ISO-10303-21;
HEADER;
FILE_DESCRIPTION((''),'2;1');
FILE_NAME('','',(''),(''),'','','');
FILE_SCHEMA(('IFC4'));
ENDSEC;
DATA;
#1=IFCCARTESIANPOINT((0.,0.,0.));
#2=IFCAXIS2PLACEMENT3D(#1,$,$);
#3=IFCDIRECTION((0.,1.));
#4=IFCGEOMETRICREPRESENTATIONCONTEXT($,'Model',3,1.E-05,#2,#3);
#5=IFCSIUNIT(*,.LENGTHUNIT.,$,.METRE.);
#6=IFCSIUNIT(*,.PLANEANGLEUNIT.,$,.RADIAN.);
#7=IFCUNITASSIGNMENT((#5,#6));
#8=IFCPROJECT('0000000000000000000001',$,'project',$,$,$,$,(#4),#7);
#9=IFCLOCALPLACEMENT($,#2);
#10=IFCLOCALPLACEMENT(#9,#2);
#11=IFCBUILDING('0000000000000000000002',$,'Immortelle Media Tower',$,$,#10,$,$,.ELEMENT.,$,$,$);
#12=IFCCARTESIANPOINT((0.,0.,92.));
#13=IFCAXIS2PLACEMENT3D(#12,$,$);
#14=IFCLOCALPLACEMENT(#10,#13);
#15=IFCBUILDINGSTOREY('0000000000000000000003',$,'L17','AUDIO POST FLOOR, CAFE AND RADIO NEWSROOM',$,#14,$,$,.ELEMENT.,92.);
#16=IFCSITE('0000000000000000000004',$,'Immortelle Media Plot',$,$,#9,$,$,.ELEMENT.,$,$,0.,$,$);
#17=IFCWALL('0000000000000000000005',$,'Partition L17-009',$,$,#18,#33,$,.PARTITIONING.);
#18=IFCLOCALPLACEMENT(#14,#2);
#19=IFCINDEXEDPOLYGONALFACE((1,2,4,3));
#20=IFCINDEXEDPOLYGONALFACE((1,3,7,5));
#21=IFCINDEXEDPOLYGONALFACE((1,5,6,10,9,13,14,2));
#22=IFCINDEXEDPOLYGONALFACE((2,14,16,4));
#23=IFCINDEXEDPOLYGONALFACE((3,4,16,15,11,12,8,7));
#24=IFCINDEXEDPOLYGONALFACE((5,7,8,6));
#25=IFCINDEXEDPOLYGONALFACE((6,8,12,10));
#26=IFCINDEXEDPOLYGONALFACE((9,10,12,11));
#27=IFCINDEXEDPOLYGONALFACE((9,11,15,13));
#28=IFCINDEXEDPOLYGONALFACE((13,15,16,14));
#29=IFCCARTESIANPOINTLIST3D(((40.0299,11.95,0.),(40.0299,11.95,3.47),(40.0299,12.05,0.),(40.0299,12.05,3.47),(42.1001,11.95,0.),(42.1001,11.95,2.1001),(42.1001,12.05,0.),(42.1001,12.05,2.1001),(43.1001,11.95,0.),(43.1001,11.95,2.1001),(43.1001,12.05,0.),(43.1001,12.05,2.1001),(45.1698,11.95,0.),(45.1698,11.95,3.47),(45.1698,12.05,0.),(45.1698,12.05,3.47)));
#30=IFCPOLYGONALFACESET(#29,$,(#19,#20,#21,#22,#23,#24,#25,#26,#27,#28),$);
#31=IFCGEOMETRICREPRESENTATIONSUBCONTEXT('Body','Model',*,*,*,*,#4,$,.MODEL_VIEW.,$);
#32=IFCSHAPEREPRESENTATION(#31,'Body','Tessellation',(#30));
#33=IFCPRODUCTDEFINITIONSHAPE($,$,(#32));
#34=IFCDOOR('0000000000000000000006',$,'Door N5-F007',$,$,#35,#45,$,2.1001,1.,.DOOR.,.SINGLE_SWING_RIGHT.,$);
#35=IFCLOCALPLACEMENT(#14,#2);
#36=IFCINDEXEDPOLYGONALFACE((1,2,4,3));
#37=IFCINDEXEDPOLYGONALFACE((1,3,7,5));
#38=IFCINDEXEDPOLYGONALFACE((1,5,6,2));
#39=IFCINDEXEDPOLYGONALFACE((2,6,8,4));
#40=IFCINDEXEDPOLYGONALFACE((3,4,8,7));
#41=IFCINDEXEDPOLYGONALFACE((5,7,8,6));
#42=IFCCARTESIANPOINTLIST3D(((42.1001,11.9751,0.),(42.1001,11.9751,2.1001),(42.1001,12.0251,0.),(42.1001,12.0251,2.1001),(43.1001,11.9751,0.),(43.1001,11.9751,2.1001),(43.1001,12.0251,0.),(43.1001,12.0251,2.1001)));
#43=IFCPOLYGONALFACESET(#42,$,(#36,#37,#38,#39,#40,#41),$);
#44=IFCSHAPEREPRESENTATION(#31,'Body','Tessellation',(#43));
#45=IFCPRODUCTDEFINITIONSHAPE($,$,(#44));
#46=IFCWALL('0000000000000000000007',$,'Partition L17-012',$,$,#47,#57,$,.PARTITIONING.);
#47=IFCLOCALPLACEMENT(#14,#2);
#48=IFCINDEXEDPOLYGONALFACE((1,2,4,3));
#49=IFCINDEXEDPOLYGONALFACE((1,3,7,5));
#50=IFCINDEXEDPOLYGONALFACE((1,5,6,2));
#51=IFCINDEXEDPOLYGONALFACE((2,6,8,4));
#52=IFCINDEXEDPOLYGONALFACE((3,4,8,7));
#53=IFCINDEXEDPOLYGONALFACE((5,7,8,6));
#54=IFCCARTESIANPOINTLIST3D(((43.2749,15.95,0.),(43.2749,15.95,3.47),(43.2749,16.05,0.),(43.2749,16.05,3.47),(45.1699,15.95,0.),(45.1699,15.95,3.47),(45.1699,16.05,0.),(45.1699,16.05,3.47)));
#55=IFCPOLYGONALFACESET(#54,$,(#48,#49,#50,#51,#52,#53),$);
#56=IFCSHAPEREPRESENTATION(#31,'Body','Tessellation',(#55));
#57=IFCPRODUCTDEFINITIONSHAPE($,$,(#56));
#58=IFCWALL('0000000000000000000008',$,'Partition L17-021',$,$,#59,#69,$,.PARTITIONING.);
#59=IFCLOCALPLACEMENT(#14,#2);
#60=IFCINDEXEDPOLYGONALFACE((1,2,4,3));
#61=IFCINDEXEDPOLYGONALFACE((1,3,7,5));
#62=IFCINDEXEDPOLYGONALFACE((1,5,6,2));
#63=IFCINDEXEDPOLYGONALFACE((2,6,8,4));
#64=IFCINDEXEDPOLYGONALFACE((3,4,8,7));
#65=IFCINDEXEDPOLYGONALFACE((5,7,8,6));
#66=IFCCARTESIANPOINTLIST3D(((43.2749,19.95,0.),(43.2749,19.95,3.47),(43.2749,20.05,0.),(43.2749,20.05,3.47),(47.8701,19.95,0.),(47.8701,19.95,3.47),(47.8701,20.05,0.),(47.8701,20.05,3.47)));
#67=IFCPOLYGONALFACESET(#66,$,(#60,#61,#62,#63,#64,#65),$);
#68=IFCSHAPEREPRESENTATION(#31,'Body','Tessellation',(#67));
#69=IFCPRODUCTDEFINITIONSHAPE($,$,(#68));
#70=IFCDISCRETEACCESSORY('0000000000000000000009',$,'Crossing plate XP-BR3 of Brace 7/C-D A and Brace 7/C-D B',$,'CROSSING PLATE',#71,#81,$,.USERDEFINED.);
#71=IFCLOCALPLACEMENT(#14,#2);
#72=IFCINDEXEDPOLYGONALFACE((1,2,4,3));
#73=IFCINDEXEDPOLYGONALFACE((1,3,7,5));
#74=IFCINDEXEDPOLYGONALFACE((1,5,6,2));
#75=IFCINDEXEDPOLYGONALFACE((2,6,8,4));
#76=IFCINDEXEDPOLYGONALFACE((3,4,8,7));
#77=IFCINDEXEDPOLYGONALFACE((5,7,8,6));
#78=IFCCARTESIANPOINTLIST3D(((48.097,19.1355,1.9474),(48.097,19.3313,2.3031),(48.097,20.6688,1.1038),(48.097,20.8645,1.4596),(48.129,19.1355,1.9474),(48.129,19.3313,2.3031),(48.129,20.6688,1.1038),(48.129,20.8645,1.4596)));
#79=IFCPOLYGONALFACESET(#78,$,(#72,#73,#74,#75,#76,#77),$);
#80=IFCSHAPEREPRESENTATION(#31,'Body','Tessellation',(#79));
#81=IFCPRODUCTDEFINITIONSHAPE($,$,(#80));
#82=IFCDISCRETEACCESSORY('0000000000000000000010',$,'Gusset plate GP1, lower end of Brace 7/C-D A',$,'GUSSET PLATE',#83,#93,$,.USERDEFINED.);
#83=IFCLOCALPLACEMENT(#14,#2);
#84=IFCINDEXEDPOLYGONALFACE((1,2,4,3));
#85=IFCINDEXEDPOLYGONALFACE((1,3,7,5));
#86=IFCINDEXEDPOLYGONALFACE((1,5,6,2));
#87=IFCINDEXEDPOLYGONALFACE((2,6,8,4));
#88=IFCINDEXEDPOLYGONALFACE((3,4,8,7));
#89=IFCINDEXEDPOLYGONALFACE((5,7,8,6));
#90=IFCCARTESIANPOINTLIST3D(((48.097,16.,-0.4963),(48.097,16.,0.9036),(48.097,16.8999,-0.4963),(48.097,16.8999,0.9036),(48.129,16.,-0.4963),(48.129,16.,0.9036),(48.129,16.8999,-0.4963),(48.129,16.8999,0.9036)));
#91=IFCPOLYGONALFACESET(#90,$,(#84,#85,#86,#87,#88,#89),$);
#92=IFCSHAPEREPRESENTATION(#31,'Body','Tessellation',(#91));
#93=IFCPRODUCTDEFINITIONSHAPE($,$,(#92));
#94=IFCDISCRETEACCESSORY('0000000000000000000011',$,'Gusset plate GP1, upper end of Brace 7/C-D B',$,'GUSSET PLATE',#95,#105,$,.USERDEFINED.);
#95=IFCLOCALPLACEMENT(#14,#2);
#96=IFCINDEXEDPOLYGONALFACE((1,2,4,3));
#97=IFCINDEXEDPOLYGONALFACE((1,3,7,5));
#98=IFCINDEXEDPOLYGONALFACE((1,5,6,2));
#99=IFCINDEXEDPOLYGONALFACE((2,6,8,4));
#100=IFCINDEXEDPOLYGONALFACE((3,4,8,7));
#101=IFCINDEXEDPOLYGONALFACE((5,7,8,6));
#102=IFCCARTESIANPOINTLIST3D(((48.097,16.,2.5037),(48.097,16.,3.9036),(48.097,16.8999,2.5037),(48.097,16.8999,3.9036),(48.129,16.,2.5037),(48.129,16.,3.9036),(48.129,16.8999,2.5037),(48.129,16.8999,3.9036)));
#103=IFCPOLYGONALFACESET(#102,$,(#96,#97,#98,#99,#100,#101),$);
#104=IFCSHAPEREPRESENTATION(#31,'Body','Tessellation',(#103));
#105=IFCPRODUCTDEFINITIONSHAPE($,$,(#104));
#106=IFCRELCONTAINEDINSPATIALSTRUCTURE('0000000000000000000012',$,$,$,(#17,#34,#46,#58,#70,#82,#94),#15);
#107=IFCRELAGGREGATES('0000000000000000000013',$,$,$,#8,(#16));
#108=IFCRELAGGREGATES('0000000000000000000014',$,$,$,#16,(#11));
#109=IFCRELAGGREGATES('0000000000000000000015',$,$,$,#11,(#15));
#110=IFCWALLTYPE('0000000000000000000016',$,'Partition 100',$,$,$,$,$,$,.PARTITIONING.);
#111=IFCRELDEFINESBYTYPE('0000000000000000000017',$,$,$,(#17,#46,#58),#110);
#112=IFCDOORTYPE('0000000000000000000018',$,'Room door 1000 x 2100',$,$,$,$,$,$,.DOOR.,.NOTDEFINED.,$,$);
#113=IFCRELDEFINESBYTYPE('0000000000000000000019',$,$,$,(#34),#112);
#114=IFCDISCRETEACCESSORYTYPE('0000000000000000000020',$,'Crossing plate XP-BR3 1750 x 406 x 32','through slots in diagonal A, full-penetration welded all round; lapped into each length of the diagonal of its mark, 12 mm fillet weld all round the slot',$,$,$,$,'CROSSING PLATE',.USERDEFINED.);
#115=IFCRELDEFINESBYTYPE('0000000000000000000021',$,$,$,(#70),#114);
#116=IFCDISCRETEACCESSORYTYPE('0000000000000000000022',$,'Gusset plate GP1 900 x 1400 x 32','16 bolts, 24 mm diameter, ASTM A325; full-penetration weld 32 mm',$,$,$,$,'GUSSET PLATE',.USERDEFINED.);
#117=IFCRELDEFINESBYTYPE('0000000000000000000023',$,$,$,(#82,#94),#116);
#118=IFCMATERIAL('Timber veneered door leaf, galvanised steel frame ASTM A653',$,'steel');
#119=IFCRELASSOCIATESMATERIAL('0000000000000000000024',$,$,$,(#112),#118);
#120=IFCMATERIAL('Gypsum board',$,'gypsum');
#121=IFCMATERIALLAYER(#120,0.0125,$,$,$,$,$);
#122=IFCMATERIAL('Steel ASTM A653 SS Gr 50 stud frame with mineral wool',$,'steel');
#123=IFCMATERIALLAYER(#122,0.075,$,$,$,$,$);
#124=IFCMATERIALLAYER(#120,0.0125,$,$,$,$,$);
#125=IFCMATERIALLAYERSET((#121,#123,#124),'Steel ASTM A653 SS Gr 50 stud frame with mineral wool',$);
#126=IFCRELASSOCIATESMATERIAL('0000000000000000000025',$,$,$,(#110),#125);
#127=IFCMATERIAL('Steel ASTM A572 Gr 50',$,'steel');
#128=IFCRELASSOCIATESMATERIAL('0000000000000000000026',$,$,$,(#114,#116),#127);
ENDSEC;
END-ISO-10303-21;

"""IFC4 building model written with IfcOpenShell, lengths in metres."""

from ifc_helpers import new_model, si_unit, direction, frame, frame_2d, origin, origin_2d, place, context, subcontext, project, spatial, rectangle, extrude, material, layer, layer_set, material_profile, profile_set, type_object, element, fill, save


model = new_model("IFC4")

# Units and contexts
model_context = context("Model", 3, precision=1e-05, world=origin(), true_north=direction((0.0, 1.0)))
body_context = subcontext(model_context, "Body", "Model", "MODEL_VIEW")
ifc_project = project(units=[si_unit("LENGTHUNIT", "METRE"), si_unit("PLANEANGLEUNIT", "RADIAN")], contexts=[model_context])

# Site, building, storey
site_placement = place(None, origin())
site = spatial("IfcSite", under=ifc_project, at=site_placement, Name="Immortelle Media Plot", CompositionType="ELEMENT", RefElevation=0.0)
building_placement = place(site_placement, origin())
building = spatial("IfcBuilding", under=site, at=building_placement, Name="Immortelle Media Tower", CompositionType="ELEMENT")
storey_placement = place(building_placement, frame((0.0, 0.0, 92.0)))
storey = spatial("IfcBuildingStorey", under=building, at=storey_placement, Name="L17", Description="AUDIO POST FLOOR, CAFE AND RADIO NEWSROOM", CompositionType="ELEMENT", Elevation=92.0)

# Shared definitions
ifc_material_1 = material(Name="Steel ASTM A653 SS Gr 50 stud frame with mineral wool", Category="steel")
ifc_material_2 = material(Name="Timber veneered door leaf, galvanised steel frame ASTM A653", Category="steel")
door_type = type_object("IfcDoorType", Name="Room door 1000 x 2100", OperationType="NOTDEFINED", PredefinedType="DOOR", material=ifc_material_2)

# Wall, opening, door
ifc_material_3 = material(Name="Gypsum board", Category="gypsum")
ifc_layer_1 = layer(ifc_material_3, 0.0125)
ifc_layer_2 = layer(ifc_material_1, 0.075)
ifc_layer_3 = layer(ifc_material_3, 0.0125)
ifc_layer_set_1 = layer_set([ifc_layer_1, ifc_layer_2, ifc_layer_3], Name="Steel ASTM A653 SS Gr 50 stud frame with mineral wool")
wall_type_1 = type_object("IfcWallType", Name="Partition 100", PredefinedType="PARTITIONING", material=ifc_layer_set_1)
wall_1_placement = place(storey_placement, frame((40.03, 12.0, 0.0), z_axis=(0.0, 0.0, 1.0), x_axis=(1.0, 0.0, 0.0)))
wall_1 = element("IfcWall", 1, at=wall_1_placement, inside=storey, type_object=wall_type_1, Name="Partition L17-009", PredefinedType="PARTITIONING", context=body_context, shape_type="SweptSolid", body=[
    extrude(rectangle(XDim=5.1399, YDim=0.1001, at=frame_2d((2.5698, 0.0))), origin(), (0.0, 0.0, 1.0), 3.47),
])
opening_1_placement = place(wall_1_placement, frame((3.0701, 0.0, 0.0), z_axis=(0.0, 0.0, 1.0), x_axis=(-1.0, 0.0, 0.0)))
opening_1 = element("IfcOpeningElement", 2, at=opening_1_placement, cuts=wall_1, PredefinedType="OPENING", context=body_context, shape_type="SweptSolid", body=[
    extrude(rectangle(XDim=1.0, YDim=2.1001, at=frame_2d((0.5, 1.05))), frame((0.0, 0.0601, 0.0), z_axis=(0.0, -1.0, 0.0), x_axis=(1.0, 0.0, 0.0)), (0.0, 0.0, 1.0), 0.1201),
])
door_1_placement = place(opening_1_placement, origin())
door_1 = element("IfcDoor", 3, at=door_1_placement, inside=storey, type_object=door_type, Name="Door N5-F007", OperationType="SINGLE_SWING_RIGHT", OverallHeight=2.1001, OverallWidth=1.0, PredefinedType="DOOR", context=body_context, shape_type="SweptSolid", body=[
    extrude(rectangle(XDim=1.0, YDim=2.1001, at=frame_2d((0.5, 1.05))), frame((0.0, 0.0249, 0.0), z_axis=(0.0, -1.0, 0.0), x_axis=(1.0, 0.0, 0.0)), (0.0, 0.0, 1.0), 0.05),
])
fill(opening_1, door_1)

# Walls
wall_2_placement = place(storey_placement, frame((43.2749, 16.0, 0.0), z_axis=(0.0, 0.0, 1.0), x_axis=(1.0, 0.0, 0.0)))
element("IfcWall", 4, at=wall_2_placement, inside=storey, type_object=wall_type_1, Name="Partition L17-012", PredefinedType="PARTITIONING", context=body_context, shape_type="SweptSolid", body=[
    extrude(rectangle(XDim=1.895, YDim=0.1001, at=frame_2d((0.9475, 0.0))), origin(), (0.0, 0.0, 1.0), 3.47),
])
wall_3_placement = place(storey_placement, frame((43.2749, 20.0, 0.0), z_axis=(0.0, 0.0, 1.0), x_axis=(1.0, 0.0, 0.0)))
element("IfcWall", 5, at=wall_3_placement, inside=storey, type_object=wall_type_1, Name="Partition L17-021", PredefinedType="PARTITIONING", context=body_context, shape_type="SweptSolid", body=[
    extrude(rectangle(XDim=4.5952, YDim=0.1001, at=frame_2d((2.2976, 0.0))), origin(), (0.0, 0.0, 1.0), 3.47),
])

# Discrete accessories
ifc_material_4 = material(Name="Steel ASTM A572 Gr 50", Category="steel")
ifc_material_profile_1 = material_profile(ifc_material_4, rectangle(XDim=0.032, YDim=0.406, at=origin_2d()), Name="PL 32 x 406")
ifc_profile_set_1 = profile_set([ifc_material_profile_1], Name="Steel ASTM A572 Gr 50")
discrete_accessory_type_1 = type_object("IfcDiscreteAccessoryType", Name="Crossing plate XP-BR3 1750 x 406 x 32", Description="through slots in diagonal A, full-penetration welded all round; lapped into each length of the diagonal of its mark, 12 mm fillet weld all round the slot", ElementType="CROSSING PLATE", PredefinedType="USERDEFINED", material=ifc_profile_set_1)
discrete_accessory_placement = place(storey_placement, frame((48.113, 19.2334, 2.1252), z_axis=(0.0, 0.876157, -0.482026), x_axis=(-1.0, 0.0, 0.0)))
element("IfcDiscreteAccessory", 6, at=discrete_accessory_placement, inside=storey, type_object=discrete_accessory_type_1, Name="Crossing plate XP-BR3 of Brace 7/C-D A and Brace 7/C-D B", ObjectType="CROSSING PLATE", PredefinedType="USERDEFINED", context=body_context, shape_type="SweptSolid", body=[
    extrude(rectangle(XDim=0.032, YDim=0.406, at=origin_2d()), origin(), (0.0, 0.0, 1.0), 1.75),
])
ifc_material_profile_2 = material_profile(ifc_material_4, rectangle(XDim=0.032, YDim=1.3999, at=origin_2d()), Name="PL 32 x 1400")
ifc_profile_set_2 = profile_set([ifc_material_profile_2], Name="Steel ASTM A572 Gr 50")
discrete_accessory_type_2 = type_object("IfcDiscreteAccessoryType", Name="Gusset plate GP1 900 x 1400 x 32", Description="16 bolts, 24 mm diameter, ASTM A325; full-penetration weld 32 mm", ElementType="GUSSET PLATE", PredefinedType="USERDEFINED", material=ifc_profile_set_2)
for number, where, z_axis, x_axis, name in (
    (7, (48.113, 16.0, 0.2036), (0.0, 1.0, 0.0), (-1.0, 0.0, 0.0), "Gusset plate GP1, lower end of Brace 7/C-D A"),
    (8, (48.113, 16.0, 3.2036), (0.0, 1.0, 0.0), (-1.0, 0.0, 0.0), "Gusset plate GP1, upper end of Brace 7/C-D B"),
):
    element("IfcDiscreteAccessory", number, at=place(storey_placement, frame(where, z_axis=z_axis, x_axis=x_axis)), inside=storey, type_object=discrete_accessory_type_2, Name=name, ObjectType="GUSSET PLATE", PredefinedType="USERDEFINED", context=body_context, shape_type="SweptSolid", body=[
        extrude(rectangle(XDim=0.032, YDim=1.3999, at=origin_2d()), origin(), (0.0, 0.0, 1.0), 0.8999),
    ])

save(model, "model.ifc")
